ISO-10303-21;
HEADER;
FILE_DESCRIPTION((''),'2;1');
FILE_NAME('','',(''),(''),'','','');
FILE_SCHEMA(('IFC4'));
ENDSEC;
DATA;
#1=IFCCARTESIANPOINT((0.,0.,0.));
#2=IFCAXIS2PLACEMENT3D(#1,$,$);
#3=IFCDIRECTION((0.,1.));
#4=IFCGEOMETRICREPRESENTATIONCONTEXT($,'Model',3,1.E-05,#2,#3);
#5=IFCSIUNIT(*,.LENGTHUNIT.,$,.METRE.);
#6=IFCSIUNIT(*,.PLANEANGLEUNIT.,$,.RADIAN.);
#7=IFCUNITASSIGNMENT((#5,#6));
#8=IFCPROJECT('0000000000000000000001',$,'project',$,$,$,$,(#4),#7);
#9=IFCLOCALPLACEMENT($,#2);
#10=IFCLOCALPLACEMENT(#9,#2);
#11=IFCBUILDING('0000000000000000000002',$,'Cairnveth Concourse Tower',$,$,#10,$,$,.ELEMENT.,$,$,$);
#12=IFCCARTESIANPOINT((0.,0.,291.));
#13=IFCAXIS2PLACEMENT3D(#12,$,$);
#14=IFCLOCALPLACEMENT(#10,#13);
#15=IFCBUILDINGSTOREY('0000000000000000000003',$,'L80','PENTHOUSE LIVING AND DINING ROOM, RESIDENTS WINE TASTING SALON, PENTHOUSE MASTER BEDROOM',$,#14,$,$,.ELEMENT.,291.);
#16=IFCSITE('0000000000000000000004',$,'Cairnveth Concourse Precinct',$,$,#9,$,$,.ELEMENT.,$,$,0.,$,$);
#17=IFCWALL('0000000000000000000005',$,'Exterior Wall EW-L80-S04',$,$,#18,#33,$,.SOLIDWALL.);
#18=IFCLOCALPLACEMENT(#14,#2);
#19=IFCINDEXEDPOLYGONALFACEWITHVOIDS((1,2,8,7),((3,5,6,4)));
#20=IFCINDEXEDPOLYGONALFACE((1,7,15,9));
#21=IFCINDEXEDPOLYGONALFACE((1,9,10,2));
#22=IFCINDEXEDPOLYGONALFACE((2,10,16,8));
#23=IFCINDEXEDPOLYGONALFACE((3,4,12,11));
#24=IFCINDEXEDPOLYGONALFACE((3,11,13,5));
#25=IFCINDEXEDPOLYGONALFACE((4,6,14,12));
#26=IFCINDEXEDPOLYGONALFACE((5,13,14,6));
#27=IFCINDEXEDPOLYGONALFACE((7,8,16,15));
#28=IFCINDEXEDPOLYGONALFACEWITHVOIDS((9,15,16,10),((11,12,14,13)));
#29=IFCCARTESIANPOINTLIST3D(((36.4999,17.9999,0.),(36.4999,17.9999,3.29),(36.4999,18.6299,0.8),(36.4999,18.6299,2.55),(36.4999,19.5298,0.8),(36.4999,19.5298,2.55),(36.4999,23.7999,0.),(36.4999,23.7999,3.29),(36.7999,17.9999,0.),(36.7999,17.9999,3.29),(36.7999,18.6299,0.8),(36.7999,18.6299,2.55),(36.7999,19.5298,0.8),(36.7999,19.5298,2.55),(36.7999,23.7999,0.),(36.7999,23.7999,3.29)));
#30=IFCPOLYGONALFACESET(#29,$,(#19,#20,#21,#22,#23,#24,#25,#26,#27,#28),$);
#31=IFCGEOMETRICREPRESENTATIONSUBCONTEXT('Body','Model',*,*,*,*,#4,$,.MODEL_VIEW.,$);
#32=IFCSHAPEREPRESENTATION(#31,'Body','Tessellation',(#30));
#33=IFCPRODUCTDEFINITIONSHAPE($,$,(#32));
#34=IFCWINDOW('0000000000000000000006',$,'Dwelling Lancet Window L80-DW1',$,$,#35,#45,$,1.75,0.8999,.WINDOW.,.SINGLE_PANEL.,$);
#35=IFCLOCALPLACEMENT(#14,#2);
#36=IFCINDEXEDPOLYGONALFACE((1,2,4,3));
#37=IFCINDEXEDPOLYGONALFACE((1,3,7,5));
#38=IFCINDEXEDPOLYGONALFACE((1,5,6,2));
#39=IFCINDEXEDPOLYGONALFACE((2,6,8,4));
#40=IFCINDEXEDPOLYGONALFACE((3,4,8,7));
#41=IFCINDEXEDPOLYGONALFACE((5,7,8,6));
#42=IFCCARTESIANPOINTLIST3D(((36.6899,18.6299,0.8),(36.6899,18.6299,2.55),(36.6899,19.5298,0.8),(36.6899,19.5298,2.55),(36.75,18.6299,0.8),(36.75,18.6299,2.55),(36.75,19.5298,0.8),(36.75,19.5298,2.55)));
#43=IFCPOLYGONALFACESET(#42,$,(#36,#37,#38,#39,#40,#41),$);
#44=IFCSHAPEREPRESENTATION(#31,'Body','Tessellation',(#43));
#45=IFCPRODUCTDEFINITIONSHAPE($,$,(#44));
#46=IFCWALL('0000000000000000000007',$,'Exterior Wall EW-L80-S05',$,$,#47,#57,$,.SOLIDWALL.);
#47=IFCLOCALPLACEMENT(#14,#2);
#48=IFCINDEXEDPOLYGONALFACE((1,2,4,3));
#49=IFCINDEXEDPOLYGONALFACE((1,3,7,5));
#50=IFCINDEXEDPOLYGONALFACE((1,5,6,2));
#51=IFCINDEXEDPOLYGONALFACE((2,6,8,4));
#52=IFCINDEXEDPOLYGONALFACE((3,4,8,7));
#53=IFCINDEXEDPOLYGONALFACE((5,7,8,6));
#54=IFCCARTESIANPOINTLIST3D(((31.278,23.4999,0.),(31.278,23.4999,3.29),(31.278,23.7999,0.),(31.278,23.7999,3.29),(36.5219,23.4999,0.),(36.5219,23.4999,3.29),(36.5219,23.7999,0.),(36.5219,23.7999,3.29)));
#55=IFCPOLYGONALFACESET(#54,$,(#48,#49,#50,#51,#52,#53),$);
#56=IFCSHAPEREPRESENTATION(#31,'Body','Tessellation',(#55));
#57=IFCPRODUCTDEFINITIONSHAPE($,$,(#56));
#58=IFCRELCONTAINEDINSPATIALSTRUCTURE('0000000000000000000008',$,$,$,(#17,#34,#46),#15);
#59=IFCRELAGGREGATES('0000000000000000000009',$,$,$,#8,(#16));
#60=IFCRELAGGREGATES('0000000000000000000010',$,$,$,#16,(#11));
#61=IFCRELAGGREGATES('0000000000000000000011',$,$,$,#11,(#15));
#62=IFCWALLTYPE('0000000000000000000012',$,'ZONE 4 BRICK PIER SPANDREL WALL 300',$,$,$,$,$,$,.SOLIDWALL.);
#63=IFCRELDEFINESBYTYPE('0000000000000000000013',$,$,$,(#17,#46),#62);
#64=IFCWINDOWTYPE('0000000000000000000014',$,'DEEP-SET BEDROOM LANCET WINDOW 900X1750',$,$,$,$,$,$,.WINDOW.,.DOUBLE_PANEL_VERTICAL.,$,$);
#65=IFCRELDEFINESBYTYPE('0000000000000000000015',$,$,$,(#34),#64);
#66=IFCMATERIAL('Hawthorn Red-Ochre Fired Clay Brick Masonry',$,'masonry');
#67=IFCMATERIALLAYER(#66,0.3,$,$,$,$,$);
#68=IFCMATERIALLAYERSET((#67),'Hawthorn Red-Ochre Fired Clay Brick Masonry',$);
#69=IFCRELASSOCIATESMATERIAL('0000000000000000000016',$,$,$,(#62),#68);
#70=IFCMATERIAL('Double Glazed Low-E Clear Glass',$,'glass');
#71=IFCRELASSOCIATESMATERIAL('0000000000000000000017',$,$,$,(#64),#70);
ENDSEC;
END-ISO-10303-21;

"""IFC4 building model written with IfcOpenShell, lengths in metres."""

from ifc_helpers import new_model, si_unit, direction, frame, frame_2d, origin, place, context, subcontext, project, spatial, rectangle, extrude, material, layer, layer_set, type_object, element, fill, save


model = new_model("IFC4")

# Units and contexts
model_context = context("Model", 3, precision=1e-05, world=origin(), true_north=direction((0.0, 1.0)))
body_context = subcontext(model_context, "Body", "Model", "MODEL_VIEW")
ifc_project = project(units=[si_unit("LENGTHUNIT", "METRE"), si_unit("PLANEANGLEUNIT", "RADIAN")], contexts=[model_context])

# Site, building, storey
site_placement = place(None, origin())
site = spatial("IfcSite", under=ifc_project, at=site_placement, Name="Cairnveth Concourse Precinct", CompositionType="ELEMENT", RefElevation=0.0)
building_placement = place(site_placement, origin())
building = spatial("IfcBuilding", under=site, at=building_placement, Name="Cairnveth Concourse Tower", CompositionType="ELEMENT")
storey_placement = place(building_placement, frame((0.0, 0.0, 291.0)))
storey = spatial("IfcBuildingStorey", under=building, at=storey_placement, Name="L80", Description="PENTHOUSE LIVING AND DINING ROOM, RESIDENTS WINE TASTING SALON, PENTHOUSE MASTER BEDROOM", CompositionType="ELEMENT", Elevation=291.0)

# Wall, opening, window
ifc_material_1 = material(Name="Hawthorn Red-Ochre Fired Clay Brick Masonry", Category="masonry")
ifc_layer_1 = layer(ifc_material_1, 0.3)
ifc_layer_set_1 = layer_set([ifc_layer_1], Name="Hawthorn Red-Ochre Fired Clay Brick Masonry")
wall_type_1 = type_object("IfcWallType", Name="ZONE 4 BRICK PIER SPANDREL WALL 300", PredefinedType="SOLIDWALL", material=ifc_layer_set_1)
wall_1_placement = place(storey_placement, frame((36.6499, 18.0, 0.0), z_axis=(0.0, 0.0, 1.0), x_axis=(0.0, 1.0, 0.0)))
wall_1 = element("IfcWall", 1, at=wall_1_placement, inside=storey, type_object=wall_type_1, Name="Exterior Wall EW-L80-S04", PredefinedType="SOLIDWALL", context=body_context, shape_type="SweptSolid", body=[
    extrude(rectangle(XDim=5.8, YDim=0.3, at=frame_2d((2.8999, 0.0))), origin(), (0.0, 0.0, 1.0), 3.29),
])
opening_1_placement = place(wall_1_placement, frame((0.6299, 0.0, 0.8)))
opening_1 = element("IfcOpeningElement", 2, at=opening_1_placement, cuts=wall_1, PredefinedType="OPENING", context=body_context, shape_type="SweptSolid", body=[
    extrude(rectangle(XDim=0.8999, YDim=1.75, at=frame_2d((0.45, 0.875))), frame((0.0, 0.1599, 0.0), z_axis=(0.0, -1.0, 0.0), x_axis=(1.0, 0.0, 0.0)), (0.0, 0.0, 1.0), 0.3201),
])
ifc_material_2 = material(Name="Double Glazed Low-E Clear Glass", Category="glass")
window_type = type_object("IfcWindowType", Name="DEEP-SET BEDROOM LANCET WINDOW 900X1750", PartitioningType="DOUBLE_PANEL_VERTICAL", PredefinedType="WINDOW", material=ifc_material_2)
window_placement = place(opening_1_placement, origin())
window = element("IfcWindow", 3, at=window_placement, inside=storey, type_object=window_type, Name="Dwelling Lancet Window L80-DW1", OverallHeight=1.75, OverallWidth=0.8999, PartitioningType="SINGLE_PANEL", PredefinedType="WINDOW", context=body_context, shape_type="SweptSolid", body=[
    extrude(rectangle(XDim=0.8999, YDim=1.75, at=frame_2d((0.45, 0.875))), frame((0.0, -0.04, 0.0), z_axis=(0.0, -1.0, 0.0), x_axis=(1.0, 0.0, 0.0)), (0.0, 0.0, 1.0), 0.0601),
])
fill(opening_1, window)

# Wall
wall_2_placement = place(storey_placement, frame((36.522, 23.6499, 0.0), z_axis=(0.0, 0.0, 1.0), x_axis=(-1.0, 0.0, 0.0)))
element("IfcWall", 4, at=wall_2_placement, inside=storey, type_object=wall_type_1, Name="Exterior Wall EW-L80-S05", PredefinedType="SOLIDWALL", context=body_context, shape_type="SweptSolid", body=[
    extrude(rectangle(XDim=5.2439, YDim=0.3, at=frame_2d((2.6221, 0.0))), origin(), (0.0, 0.0, 1.0), 3.29),
])

save(model, "model.ifc")
